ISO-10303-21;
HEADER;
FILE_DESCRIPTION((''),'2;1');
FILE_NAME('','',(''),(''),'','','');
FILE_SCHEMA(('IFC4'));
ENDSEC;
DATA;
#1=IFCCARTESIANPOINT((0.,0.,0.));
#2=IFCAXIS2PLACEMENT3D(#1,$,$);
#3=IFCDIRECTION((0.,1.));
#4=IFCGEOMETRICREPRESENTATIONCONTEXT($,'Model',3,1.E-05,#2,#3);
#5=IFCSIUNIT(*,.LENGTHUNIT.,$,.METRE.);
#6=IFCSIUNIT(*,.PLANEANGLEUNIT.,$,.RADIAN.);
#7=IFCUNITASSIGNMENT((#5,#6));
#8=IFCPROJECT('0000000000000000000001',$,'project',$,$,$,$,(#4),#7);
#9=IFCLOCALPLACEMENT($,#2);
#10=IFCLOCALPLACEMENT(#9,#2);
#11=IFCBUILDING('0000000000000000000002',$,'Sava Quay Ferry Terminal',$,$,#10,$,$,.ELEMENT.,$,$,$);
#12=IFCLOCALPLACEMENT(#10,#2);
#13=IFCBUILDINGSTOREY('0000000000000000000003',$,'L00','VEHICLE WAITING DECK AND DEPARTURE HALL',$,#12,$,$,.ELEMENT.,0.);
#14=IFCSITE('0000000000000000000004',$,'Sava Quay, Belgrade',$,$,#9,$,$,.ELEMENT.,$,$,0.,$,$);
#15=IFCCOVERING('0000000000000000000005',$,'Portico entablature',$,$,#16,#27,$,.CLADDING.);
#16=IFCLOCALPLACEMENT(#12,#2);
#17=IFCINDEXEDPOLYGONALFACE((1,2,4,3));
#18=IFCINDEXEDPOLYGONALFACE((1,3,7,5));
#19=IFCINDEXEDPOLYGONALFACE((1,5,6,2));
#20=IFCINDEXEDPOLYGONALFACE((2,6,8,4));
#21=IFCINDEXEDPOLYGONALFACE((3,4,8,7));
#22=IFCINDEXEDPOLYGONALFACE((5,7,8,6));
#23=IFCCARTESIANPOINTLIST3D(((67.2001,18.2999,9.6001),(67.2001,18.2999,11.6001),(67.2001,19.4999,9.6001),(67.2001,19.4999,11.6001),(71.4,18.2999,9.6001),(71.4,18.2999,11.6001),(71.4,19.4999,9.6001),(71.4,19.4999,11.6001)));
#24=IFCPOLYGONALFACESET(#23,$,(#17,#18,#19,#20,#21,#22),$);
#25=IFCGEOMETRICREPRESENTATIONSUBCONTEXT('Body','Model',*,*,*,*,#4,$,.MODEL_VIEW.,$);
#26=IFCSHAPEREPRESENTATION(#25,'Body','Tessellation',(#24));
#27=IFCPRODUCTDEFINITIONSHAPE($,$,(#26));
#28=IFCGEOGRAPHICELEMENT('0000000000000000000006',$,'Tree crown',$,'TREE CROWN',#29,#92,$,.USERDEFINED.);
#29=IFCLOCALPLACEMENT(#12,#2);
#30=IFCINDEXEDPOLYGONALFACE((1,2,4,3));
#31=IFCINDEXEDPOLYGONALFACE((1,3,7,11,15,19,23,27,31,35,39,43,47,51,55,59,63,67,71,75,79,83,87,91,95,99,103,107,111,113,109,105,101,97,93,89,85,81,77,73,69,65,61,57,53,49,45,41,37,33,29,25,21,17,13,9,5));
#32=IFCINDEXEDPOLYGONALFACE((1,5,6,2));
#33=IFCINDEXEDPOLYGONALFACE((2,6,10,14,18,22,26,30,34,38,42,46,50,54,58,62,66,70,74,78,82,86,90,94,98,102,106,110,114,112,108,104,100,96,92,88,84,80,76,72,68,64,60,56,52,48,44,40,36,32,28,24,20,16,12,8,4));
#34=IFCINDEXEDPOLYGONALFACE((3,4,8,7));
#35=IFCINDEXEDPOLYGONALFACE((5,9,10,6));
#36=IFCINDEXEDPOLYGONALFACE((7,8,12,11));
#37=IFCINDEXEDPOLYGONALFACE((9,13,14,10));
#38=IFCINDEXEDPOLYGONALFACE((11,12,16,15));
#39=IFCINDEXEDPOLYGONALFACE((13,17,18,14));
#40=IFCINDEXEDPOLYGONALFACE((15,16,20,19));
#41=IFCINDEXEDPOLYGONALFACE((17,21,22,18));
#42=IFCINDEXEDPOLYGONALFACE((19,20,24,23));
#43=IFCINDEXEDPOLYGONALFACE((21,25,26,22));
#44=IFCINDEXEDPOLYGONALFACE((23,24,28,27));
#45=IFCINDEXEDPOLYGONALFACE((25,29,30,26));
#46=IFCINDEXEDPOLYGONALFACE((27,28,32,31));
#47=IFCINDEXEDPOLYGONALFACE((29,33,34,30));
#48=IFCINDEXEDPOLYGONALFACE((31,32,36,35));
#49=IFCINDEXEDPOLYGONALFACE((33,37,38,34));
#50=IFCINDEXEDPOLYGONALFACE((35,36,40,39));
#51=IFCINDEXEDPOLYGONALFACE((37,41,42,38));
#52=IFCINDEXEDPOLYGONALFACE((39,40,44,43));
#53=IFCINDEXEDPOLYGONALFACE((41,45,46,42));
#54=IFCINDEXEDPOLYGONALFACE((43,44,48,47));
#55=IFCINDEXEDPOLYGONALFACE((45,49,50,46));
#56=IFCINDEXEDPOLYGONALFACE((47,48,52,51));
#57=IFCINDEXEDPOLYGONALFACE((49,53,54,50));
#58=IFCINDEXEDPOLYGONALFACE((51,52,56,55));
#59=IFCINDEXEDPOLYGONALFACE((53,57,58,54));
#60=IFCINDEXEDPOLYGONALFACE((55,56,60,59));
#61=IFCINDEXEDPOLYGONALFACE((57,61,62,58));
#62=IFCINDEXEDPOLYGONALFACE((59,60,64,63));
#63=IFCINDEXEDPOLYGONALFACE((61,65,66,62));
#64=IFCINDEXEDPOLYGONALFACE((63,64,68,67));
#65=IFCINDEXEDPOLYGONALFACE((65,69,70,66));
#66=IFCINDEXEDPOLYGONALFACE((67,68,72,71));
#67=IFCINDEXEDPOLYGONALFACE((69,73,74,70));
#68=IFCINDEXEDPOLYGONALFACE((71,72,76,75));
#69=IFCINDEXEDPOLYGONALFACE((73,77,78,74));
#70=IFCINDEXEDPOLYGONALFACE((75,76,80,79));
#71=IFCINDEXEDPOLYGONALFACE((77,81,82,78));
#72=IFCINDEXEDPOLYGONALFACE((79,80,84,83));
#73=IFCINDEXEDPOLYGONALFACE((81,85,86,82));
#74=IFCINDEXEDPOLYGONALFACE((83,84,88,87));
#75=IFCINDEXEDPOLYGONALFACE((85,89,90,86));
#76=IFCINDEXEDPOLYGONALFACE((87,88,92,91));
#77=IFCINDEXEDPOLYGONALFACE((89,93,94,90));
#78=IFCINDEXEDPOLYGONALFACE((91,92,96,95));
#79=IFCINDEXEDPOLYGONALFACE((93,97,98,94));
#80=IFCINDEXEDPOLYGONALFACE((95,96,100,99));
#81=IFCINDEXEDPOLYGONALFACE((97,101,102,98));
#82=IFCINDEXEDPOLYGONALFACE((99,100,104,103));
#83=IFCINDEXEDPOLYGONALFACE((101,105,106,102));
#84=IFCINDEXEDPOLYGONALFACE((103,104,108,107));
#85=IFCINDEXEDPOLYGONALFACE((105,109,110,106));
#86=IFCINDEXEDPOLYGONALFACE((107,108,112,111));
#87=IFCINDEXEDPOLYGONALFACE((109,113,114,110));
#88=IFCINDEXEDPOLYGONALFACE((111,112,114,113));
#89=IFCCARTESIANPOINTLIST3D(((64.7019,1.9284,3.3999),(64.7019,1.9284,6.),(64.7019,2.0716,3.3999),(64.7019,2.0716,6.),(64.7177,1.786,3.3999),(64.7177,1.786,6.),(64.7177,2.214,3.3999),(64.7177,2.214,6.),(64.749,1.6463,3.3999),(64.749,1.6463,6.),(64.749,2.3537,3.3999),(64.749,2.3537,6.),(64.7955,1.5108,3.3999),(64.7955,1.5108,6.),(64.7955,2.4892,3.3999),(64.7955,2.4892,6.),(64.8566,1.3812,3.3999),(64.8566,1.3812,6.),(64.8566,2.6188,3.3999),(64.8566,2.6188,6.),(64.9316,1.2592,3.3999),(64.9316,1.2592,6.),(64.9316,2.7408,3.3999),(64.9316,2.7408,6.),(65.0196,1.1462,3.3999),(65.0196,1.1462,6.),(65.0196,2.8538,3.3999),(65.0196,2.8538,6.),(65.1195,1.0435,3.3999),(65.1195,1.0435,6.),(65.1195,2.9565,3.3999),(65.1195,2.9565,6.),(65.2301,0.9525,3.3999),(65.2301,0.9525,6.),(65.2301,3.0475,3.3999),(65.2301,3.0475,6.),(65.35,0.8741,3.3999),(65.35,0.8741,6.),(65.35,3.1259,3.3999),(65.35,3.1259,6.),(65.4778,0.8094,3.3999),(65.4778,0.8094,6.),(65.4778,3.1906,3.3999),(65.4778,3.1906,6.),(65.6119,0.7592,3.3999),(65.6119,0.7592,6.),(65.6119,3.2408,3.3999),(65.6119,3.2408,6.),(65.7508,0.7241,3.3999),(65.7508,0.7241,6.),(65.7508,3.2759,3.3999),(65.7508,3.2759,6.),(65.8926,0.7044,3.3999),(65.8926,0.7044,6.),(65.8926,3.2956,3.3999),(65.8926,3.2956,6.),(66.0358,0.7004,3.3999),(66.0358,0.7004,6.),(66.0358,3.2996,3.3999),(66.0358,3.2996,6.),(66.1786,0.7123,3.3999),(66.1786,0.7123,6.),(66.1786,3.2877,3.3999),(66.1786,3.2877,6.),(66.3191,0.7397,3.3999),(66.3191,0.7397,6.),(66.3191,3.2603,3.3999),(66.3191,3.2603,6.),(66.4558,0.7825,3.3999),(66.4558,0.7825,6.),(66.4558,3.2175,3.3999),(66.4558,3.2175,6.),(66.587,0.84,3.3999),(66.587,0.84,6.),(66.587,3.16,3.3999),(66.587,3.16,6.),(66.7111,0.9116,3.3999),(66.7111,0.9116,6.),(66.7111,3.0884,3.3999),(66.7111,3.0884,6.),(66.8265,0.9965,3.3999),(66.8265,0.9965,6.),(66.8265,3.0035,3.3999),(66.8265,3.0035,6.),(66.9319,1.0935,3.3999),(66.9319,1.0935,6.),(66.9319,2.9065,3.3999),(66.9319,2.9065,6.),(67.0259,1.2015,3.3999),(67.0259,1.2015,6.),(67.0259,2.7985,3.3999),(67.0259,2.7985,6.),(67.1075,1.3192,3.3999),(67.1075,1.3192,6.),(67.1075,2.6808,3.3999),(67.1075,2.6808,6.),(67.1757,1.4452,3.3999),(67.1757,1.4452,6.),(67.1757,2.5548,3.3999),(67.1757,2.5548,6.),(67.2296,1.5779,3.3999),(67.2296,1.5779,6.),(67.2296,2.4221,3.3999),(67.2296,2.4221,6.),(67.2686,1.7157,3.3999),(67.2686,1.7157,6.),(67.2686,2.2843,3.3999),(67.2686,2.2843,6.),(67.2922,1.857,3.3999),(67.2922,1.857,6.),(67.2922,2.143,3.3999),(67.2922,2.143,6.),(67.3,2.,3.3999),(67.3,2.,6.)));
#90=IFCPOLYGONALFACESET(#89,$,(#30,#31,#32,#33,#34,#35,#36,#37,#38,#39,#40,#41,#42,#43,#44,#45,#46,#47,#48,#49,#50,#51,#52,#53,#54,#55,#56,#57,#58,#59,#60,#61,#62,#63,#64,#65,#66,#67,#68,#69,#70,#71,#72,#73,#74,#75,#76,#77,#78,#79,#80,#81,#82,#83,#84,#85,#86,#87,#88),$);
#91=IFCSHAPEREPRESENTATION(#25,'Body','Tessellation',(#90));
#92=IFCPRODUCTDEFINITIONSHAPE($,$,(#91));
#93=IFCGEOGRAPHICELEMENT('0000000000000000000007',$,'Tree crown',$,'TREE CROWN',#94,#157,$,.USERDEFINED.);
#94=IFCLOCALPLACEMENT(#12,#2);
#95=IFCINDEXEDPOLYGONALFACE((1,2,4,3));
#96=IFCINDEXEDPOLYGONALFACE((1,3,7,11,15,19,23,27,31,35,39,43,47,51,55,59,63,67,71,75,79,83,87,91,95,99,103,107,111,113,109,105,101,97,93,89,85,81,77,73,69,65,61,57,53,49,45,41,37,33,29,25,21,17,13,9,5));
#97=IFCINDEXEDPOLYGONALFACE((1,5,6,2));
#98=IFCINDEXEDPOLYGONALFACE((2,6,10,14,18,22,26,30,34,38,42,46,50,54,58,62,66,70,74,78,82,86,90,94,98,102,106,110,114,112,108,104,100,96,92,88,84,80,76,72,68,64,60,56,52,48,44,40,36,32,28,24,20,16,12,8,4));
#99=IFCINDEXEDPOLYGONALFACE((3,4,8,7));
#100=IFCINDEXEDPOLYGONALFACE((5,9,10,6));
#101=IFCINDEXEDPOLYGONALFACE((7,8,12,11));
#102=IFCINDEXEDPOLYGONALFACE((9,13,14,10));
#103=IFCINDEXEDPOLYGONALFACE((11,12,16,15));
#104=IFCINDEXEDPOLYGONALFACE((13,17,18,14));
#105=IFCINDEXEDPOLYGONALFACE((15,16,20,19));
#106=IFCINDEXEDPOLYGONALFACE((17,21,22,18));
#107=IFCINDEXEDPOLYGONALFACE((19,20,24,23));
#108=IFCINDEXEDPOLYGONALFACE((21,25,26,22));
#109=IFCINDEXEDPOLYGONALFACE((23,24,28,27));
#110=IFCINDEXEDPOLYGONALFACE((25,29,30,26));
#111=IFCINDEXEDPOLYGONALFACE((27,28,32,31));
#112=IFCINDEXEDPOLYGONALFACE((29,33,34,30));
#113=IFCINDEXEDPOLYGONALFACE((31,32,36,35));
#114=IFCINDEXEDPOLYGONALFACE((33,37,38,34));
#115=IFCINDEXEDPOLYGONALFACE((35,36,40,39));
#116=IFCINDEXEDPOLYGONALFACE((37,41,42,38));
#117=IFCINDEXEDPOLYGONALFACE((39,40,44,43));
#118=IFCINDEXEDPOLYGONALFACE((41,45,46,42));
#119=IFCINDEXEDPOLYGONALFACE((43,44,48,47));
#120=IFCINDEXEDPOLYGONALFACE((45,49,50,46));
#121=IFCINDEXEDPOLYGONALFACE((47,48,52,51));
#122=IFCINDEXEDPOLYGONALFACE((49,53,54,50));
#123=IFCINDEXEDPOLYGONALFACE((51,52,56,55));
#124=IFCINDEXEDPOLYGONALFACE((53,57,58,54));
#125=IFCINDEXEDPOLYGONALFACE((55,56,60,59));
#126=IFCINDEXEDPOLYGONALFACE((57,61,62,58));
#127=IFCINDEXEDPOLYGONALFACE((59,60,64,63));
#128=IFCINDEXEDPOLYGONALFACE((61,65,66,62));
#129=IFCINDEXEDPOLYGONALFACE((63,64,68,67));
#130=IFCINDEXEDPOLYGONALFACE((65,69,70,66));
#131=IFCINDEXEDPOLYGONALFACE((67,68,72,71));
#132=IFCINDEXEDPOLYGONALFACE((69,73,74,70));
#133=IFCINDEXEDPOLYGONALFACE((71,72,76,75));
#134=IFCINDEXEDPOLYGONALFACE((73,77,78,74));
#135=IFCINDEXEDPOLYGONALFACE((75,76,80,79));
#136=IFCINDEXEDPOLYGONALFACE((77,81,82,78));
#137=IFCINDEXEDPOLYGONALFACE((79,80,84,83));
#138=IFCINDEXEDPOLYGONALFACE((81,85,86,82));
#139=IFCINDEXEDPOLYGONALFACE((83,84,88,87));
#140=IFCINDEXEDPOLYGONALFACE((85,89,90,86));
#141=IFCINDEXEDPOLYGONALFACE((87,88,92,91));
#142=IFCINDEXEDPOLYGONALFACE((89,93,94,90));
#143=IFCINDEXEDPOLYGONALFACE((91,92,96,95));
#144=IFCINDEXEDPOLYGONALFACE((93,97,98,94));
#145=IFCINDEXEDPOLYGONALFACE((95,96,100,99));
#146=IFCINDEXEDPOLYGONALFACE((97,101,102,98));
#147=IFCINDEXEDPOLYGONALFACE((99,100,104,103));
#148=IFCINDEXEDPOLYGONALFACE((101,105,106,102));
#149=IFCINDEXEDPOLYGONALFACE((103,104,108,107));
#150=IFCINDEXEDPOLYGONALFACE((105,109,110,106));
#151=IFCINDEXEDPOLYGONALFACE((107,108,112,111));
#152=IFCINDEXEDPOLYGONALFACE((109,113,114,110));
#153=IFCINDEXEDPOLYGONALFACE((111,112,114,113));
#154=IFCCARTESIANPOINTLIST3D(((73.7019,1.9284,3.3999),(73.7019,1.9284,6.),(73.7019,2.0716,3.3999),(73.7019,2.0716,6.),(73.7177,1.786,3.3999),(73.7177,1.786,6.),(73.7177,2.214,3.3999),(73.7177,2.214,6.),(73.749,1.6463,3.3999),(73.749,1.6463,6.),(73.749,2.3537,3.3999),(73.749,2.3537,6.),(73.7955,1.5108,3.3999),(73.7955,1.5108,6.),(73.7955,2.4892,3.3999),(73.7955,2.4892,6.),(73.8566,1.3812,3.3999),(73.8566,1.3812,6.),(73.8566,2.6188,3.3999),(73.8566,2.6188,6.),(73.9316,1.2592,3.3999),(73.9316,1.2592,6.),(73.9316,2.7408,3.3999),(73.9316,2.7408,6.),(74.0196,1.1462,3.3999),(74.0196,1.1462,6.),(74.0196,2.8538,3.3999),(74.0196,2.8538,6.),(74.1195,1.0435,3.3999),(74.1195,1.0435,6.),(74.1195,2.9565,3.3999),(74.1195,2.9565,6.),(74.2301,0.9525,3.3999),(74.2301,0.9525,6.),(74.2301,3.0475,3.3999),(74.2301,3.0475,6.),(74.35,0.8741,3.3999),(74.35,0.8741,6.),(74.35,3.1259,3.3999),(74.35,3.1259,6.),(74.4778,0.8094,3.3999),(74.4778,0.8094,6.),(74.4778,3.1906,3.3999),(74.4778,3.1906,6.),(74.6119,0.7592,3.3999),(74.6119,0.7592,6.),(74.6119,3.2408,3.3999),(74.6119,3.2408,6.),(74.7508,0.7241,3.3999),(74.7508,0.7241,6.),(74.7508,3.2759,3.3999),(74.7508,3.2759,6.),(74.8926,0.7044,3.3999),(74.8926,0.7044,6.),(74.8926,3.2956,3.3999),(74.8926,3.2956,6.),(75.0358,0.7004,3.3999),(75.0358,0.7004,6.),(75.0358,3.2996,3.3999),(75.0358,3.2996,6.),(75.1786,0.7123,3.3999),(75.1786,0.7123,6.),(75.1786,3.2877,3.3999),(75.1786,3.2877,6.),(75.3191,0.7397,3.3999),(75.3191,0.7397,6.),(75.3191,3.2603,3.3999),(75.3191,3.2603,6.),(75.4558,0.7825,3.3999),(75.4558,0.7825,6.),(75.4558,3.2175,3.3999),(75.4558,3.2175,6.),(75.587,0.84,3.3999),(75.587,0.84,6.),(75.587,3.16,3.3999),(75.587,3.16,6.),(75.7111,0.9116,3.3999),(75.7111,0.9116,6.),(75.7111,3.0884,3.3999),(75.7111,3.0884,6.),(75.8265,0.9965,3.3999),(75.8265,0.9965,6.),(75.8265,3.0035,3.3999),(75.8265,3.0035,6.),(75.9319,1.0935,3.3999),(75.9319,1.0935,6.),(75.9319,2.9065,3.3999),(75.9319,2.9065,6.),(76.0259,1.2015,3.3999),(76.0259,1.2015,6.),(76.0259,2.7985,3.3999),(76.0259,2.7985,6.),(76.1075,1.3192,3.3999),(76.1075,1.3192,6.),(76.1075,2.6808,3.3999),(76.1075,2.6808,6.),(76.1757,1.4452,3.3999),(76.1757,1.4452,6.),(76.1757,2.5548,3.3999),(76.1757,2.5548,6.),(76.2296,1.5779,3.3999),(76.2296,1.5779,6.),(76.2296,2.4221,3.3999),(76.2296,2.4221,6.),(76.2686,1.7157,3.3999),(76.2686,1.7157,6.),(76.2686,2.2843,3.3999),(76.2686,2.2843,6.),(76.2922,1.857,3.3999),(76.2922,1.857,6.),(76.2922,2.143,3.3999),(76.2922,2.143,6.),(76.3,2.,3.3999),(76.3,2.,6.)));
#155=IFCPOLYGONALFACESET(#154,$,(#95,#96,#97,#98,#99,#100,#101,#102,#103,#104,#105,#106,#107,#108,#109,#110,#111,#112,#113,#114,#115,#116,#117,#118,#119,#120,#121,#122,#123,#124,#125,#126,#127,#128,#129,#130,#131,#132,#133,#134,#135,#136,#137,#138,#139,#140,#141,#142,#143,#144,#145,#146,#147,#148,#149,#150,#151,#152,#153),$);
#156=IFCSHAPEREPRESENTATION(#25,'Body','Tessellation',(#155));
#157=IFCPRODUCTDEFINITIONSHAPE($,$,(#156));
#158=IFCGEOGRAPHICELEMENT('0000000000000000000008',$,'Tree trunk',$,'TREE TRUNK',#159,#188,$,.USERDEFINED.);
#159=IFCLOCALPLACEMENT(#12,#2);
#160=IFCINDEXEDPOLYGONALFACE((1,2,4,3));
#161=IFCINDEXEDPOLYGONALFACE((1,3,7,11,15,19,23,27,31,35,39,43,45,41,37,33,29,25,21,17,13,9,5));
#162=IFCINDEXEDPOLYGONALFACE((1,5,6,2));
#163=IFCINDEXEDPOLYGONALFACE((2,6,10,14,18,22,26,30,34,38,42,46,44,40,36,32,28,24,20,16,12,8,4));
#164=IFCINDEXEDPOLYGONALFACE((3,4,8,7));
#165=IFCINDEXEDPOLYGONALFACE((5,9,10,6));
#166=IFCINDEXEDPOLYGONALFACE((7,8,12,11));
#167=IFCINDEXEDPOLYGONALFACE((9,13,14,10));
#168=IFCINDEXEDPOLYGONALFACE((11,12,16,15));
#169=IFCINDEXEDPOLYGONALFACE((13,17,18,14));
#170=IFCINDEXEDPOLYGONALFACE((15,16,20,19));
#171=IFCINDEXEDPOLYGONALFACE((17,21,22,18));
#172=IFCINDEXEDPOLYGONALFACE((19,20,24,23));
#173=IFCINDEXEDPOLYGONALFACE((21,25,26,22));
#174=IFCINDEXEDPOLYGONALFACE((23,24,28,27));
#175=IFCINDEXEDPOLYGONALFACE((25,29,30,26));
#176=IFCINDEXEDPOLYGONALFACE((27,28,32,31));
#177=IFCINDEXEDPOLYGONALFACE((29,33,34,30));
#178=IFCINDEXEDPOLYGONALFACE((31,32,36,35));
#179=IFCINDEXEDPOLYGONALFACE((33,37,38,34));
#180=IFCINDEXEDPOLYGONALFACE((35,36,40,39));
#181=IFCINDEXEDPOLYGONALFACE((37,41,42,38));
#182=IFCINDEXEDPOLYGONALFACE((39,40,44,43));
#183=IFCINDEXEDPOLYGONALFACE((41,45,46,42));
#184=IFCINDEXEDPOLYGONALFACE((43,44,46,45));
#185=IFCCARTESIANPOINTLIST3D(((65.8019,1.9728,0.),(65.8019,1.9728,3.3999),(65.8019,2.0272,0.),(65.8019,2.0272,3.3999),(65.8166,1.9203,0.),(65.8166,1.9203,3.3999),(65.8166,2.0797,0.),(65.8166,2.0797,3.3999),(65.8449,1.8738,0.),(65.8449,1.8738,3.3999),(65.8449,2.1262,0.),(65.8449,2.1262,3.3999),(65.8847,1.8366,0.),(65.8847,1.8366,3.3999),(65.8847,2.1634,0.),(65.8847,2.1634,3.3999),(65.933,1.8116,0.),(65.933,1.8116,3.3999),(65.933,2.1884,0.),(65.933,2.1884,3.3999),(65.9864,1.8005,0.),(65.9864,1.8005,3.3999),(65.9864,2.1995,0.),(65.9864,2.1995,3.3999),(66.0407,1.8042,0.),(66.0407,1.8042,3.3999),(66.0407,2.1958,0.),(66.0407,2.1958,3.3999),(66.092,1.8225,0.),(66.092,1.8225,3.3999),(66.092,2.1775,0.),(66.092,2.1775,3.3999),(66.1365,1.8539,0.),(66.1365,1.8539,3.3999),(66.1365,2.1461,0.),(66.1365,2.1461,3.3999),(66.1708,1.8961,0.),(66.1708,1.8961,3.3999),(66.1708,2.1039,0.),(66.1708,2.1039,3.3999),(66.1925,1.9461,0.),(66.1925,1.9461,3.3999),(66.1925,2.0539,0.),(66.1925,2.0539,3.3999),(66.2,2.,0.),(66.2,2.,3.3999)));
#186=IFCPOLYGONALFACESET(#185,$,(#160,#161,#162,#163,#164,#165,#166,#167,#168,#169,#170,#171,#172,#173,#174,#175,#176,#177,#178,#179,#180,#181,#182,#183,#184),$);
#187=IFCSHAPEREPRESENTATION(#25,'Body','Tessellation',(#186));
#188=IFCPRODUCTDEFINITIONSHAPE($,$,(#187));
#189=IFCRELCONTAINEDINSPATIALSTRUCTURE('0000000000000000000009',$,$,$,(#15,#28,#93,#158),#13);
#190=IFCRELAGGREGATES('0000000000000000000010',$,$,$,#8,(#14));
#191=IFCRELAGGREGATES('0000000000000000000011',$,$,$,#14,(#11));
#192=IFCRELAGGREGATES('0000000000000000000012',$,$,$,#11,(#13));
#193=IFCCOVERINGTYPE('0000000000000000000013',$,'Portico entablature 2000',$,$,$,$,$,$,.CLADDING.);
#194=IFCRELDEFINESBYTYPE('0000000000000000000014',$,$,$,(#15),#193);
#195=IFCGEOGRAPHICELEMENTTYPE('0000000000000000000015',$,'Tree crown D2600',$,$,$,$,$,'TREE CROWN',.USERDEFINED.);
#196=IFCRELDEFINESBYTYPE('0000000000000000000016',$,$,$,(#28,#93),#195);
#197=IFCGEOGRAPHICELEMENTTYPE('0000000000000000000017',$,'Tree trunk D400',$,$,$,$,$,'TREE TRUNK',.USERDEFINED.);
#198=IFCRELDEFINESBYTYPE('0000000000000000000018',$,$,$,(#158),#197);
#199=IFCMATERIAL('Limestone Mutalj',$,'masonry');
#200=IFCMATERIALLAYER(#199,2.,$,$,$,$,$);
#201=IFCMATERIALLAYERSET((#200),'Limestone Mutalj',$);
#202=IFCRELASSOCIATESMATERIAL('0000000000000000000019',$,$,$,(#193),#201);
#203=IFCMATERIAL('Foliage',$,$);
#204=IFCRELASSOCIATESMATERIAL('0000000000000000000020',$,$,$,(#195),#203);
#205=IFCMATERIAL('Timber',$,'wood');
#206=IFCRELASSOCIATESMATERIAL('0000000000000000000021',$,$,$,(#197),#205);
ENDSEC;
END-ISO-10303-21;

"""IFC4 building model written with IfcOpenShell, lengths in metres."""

from ifc_helpers import new_model, si_unit, direction, frame, origin, origin_2d, place, context, subcontext, project, spatial, rectangle, circle, extrude, material, layer, layer_set, type_object, element, save


model = new_model("IFC4")

# Units and contexts
model_context = context("Model", 3, precision=1e-05, world=origin(), true_north=direction((0.0, 1.0)))
body_context = subcontext(model_context, "Body", "Model", "MODEL_VIEW")
ifc_project = project(units=[si_unit("LENGTHUNIT", "METRE"), si_unit("PLANEANGLEUNIT", "RADIAN")], contexts=[model_context])

# Site, building, storey
site_placement = place(None, origin())
site = spatial("IfcSite", under=ifc_project, at=site_placement, Name="Sava Quay, Belgrade", CompositionType="ELEMENT", RefElevation=0.0)
building_placement = place(site_placement, origin())
building = spatial("IfcBuilding", under=site, at=building_placement, Name="Sava Quay Ferry Terminal", CompositionType="ELEMENT")
storey_placement = place(building_placement, origin())
storey = spatial("IfcBuildingStorey", under=building, at=storey_placement, Name="L00", Description="VEHICLE WAITING DECK AND DEPARTURE HALL", CompositionType="ELEMENT", Elevation=0.0)

# Covering
ifc_material_1 = material(Name="Limestone Mutalj", Category="masonry")
ifc_layer_1 = layer(ifc_material_1, 2.0)
ifc_layer_set_1 = layer_set([ifc_layer_1], Name="Limestone Mutalj")
covering_type_1 = type_object("IfcCoveringType", Name="Portico entablature 2000", PredefinedType="CLADDING", material=ifc_layer_set_1)
for number, where, z_axis, x_axis, name in (
    (1, (69.3, 18.8999, 9.6001), (0.0, 0.0, 1.0), (1.0, 0.0, 0.0), "Portico entablature"),
):
    element("IfcCovering", number, at=place(storey_placement, frame(where, z_axis=z_axis, x_axis=x_axis)), inside=storey, type_object=covering_type_1, Name=name, PredefinedType="CLADDING", context=body_context, shape_type="SweptSolid", body=[
        extrude(rectangle(XDim=4.2, YDim=1.2, at=origin_2d()), origin(), (0.0, 0.0, 1.0), 2.0),
    ])

# Geographic elements
ifc_material_2 = material(Name="Foliage")
geographic_element_type_1 = type_object("IfcGeographicElementType", Name="Tree crown D2600", ElementType="TREE CROWN", PredefinedType="USERDEFINED", material=ifc_material_2)
for number, where, z_axis, x_axis, name in (
    (2, (66.0, 2.0, 6.0), (0.0, 0.0, -1.0), (1.0, 0.0, 0.0), "Tree crown"),
    (3, (75.0, 2.0, 6.0), (0.0, 0.0, -1.0), (1.0, 0.0, 0.0), "Tree crown"),
):
    element("IfcGeographicElement", number, at=place(storey_placement, frame(where, z_axis=z_axis, x_axis=x_axis)), inside=storey, type_object=geographic_element_type_1, Name=name, ObjectType="TREE CROWN", PredefinedType="USERDEFINED", context=body_context, shape_type="SweptSolid", body=[
        extrude(circle(Radius=1.3, at=origin_2d()), origin(), (0.0, 0.0, 1.0), 2.6001),
    ])
ifc_material_3 = material(Name="Timber", Category="wood")
geographic_element_type_2 = type_object("IfcGeographicElementType", Name="Tree trunk D400", ElementType="TREE TRUNK", PredefinedType="USERDEFINED", material=ifc_material_3)
for number, where, z_axis, x_axis, name in (
    (4, (66.0, 2.0, 3.3999), (0.0, 0.0, -1.0), (1.0, 0.0, 0.0), "Tree trunk"),
):
    element("IfcGeographicElement", number, at=place(storey_placement, frame(where, z_axis=z_axis, x_axis=x_axis)), inside=storey, type_object=geographic_element_type_2, Name=name, ObjectType="TREE TRUNK", PredefinedType="USERDEFINED", context=body_context, shape_type="SweptSolid", body=[
        extrude(circle(Radius=0.2, at=origin_2d()), origin(), (0.0, 0.0, 1.0), 3.3999),
    ])

save(model, "model.ifc")
